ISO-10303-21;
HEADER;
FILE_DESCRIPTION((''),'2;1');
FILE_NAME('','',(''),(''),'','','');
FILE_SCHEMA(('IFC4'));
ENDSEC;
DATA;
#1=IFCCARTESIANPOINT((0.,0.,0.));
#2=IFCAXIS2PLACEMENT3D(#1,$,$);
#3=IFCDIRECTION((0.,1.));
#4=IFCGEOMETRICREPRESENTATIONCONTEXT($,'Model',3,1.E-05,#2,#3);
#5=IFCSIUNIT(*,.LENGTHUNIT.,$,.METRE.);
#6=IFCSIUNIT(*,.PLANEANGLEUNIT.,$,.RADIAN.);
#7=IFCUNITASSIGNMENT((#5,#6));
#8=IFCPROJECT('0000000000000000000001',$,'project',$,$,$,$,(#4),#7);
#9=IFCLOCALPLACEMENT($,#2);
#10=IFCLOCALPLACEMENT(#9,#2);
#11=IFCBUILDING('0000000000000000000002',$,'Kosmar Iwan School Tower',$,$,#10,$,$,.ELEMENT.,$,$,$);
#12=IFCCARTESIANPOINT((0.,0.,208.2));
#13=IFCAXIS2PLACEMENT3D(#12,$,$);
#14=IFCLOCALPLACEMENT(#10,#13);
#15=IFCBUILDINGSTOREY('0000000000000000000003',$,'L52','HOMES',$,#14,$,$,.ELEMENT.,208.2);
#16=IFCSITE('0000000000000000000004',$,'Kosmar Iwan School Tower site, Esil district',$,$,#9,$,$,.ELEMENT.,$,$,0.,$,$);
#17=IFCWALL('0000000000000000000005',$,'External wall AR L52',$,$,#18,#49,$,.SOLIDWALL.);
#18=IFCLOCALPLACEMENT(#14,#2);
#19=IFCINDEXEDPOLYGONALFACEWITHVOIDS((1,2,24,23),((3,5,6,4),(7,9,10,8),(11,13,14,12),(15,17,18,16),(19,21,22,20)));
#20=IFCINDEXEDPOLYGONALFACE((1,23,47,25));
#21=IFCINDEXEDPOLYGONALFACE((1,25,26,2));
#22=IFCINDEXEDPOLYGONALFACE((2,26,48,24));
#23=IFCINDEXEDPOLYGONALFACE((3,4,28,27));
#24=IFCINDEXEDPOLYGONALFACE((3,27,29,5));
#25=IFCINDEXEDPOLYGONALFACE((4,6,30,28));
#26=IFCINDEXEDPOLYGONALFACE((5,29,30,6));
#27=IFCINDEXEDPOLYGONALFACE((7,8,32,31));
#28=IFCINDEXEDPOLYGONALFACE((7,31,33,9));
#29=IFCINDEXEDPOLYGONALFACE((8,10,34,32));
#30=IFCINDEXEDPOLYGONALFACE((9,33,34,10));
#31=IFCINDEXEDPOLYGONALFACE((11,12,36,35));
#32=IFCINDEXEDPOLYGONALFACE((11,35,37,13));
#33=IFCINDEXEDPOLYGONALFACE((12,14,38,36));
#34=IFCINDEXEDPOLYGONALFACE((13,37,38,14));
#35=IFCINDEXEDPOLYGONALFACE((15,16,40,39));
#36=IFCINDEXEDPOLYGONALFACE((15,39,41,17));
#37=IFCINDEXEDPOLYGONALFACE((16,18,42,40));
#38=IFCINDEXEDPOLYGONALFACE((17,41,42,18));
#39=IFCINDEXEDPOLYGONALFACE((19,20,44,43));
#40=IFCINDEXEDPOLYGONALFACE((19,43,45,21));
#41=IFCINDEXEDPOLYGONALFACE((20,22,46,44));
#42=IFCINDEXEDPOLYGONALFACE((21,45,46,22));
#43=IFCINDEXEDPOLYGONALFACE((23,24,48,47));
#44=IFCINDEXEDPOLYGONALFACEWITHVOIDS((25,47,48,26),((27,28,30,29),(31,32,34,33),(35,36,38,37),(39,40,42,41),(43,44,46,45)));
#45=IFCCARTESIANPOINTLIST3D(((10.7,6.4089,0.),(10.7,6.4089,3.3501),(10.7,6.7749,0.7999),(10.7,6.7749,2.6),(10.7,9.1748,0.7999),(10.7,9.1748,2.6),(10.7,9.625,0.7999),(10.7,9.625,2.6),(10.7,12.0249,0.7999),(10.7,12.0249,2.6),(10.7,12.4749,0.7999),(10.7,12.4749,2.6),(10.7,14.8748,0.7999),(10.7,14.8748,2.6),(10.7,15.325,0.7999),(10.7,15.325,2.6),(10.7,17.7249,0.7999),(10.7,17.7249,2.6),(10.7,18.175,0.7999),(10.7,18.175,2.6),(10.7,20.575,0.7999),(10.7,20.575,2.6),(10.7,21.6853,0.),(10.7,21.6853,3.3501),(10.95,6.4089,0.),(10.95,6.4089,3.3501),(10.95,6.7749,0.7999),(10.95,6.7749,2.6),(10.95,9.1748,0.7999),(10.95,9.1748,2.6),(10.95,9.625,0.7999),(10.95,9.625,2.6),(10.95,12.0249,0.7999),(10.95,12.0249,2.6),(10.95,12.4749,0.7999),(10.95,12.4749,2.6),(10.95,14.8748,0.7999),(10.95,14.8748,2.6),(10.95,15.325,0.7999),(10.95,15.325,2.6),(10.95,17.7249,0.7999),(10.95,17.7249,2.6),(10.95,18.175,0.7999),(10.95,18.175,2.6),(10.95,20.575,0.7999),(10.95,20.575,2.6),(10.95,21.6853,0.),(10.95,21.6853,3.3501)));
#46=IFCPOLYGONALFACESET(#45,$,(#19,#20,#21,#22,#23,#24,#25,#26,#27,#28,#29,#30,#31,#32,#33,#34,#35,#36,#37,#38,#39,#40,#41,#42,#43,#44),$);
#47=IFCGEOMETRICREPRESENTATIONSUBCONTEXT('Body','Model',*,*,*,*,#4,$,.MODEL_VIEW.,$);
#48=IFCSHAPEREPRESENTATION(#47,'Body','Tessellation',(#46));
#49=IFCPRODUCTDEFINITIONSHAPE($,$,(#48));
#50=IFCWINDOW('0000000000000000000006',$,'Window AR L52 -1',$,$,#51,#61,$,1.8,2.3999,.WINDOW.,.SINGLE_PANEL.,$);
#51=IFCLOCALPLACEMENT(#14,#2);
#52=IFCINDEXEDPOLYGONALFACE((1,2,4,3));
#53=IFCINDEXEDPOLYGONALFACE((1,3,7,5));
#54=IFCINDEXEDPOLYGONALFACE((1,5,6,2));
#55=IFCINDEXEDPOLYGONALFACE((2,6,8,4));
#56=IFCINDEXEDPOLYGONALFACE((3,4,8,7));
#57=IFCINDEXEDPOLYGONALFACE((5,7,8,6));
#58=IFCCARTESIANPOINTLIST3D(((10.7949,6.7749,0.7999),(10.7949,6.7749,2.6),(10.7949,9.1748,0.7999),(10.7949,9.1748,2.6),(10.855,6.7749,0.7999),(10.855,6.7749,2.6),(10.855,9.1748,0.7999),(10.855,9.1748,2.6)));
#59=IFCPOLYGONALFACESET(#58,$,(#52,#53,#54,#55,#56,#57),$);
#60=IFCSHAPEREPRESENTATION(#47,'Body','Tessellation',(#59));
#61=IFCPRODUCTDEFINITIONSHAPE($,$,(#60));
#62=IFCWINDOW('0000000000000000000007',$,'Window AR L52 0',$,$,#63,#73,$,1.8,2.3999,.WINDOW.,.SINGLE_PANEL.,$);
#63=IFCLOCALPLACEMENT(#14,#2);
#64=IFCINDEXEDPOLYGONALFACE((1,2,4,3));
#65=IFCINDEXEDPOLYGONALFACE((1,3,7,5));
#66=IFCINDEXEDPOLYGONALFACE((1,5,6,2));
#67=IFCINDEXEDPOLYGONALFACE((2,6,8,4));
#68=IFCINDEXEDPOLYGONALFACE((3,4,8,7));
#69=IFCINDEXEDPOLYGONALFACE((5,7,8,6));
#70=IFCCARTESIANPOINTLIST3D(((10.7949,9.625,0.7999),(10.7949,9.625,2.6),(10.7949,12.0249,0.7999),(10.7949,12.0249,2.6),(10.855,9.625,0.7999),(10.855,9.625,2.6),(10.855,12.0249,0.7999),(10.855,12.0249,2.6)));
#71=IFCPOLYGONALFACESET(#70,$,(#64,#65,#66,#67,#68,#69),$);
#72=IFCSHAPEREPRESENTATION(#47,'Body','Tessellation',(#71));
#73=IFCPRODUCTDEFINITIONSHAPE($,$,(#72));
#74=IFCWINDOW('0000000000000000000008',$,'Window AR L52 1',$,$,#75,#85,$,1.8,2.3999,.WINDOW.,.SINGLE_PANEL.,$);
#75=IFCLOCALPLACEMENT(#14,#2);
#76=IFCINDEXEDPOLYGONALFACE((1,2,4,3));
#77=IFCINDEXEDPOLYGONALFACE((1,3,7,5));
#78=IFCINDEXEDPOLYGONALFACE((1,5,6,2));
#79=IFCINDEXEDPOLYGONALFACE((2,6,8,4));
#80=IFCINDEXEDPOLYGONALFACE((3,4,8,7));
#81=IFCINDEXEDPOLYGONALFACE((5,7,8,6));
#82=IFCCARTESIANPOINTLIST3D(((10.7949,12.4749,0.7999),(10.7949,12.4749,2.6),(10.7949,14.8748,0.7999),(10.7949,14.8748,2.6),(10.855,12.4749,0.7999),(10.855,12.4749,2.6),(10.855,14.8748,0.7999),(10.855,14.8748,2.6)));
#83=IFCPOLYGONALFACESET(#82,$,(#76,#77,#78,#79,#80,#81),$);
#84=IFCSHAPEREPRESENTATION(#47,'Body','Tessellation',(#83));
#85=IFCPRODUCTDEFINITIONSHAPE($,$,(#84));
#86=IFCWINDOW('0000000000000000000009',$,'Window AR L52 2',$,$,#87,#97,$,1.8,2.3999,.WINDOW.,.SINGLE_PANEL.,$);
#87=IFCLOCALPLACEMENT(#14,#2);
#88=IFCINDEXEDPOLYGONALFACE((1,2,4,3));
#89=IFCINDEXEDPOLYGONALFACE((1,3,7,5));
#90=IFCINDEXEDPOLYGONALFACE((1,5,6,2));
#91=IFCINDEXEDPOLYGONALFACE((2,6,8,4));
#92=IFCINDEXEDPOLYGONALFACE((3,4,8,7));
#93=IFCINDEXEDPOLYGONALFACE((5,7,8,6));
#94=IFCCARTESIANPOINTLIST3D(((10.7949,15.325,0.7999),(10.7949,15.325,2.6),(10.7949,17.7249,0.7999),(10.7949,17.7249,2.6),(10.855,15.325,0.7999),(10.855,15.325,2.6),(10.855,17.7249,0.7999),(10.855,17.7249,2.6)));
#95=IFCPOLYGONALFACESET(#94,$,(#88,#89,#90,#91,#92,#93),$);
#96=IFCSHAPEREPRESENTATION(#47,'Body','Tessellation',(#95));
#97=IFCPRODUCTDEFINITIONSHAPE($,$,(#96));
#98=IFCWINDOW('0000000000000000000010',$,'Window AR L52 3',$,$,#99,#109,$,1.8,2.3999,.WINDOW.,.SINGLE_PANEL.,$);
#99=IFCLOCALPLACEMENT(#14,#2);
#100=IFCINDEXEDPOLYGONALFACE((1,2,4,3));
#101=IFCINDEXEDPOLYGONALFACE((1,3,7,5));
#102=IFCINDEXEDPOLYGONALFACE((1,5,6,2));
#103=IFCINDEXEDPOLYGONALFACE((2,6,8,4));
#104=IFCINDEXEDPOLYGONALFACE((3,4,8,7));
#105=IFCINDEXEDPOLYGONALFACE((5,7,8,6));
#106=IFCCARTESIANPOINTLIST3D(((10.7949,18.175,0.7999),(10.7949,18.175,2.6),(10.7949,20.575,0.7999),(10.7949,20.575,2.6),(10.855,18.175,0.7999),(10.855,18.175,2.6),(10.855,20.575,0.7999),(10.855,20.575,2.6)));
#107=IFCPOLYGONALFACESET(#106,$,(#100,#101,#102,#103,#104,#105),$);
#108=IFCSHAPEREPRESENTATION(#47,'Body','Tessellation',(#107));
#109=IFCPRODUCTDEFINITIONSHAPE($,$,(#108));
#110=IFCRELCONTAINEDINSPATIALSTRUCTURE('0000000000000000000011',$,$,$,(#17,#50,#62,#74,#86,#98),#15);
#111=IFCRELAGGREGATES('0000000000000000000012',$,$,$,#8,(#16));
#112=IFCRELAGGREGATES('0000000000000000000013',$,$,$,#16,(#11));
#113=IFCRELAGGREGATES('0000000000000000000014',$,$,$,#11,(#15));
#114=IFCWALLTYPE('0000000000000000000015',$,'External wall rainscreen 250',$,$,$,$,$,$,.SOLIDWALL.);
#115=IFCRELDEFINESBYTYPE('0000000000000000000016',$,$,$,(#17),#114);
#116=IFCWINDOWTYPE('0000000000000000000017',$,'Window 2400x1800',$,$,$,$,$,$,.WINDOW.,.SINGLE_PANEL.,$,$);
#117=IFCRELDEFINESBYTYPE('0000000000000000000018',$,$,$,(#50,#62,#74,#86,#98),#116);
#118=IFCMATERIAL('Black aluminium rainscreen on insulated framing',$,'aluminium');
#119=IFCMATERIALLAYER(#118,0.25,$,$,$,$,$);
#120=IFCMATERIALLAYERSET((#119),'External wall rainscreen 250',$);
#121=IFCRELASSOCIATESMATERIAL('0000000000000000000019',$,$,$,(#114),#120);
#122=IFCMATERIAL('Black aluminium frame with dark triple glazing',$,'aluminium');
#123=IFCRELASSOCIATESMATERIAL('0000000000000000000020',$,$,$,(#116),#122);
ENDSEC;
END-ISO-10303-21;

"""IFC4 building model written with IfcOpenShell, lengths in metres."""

from ifc_helpers import new_model, si_unit, direction, frame, frame_2d, origin, place, context, subcontext, project, spatial, rectangle, extrude, material, layer, layer_set, type_object, element, fill, save


model = new_model("IFC4")

# Units and contexts
model_context = context("Model", 3, precision=1e-05, world=origin(), true_north=direction((0.0, 1.0)))
body_context = subcontext(model_context, "Body", "Model", "MODEL_VIEW")
ifc_project = project(units=[si_unit("LENGTHUNIT", "METRE"), si_unit("PLANEANGLEUNIT", "RADIAN")], contexts=[model_context])

# Site, building, storey
site_placement = place(None, origin())
site = spatial("IfcSite", under=ifc_project, at=site_placement, Name="Kosmar Iwan School Tower site, Esil district", CompositionType="ELEMENT", RefElevation=0.0)
building_placement = place(site_placement, origin())
building = spatial("IfcBuilding", under=site, at=building_placement, Name="Kosmar Iwan School Tower", CompositionType="ELEMENT")
storey_placement = place(building_placement, frame((0.0, 0.0, 208.2)))
storey = spatial("IfcBuildingStorey", under=building, at=storey_placement, Name="L52", Description="HOMES", CompositionType="ELEMENT", Elevation=208.2)

# Wall, openings, windows
ifc_material_1 = material(Name="Black aluminium rainscreen on insulated framing", Category="aluminium")
ifc_layer_1 = layer(ifc_material_1, 0.25)
ifc_layer_set_1 = layer_set([ifc_layer_1], Name="External wall rainscreen 250")
wall_type_1 = type_object("IfcWallType", Name="External wall rainscreen 250", PredefinedType="SOLIDWALL", material=ifc_layer_set_1)
ifc_material_2 = material(Name="Black aluminium frame with dark triple glazing", Category="aluminium")
window_type = type_object("IfcWindowType", Name="Window 2400x1800", PartitioningType="SINGLE_PANEL", PredefinedType="WINDOW", material=ifc_material_2)
wall_1_placement = place(storey_placement, frame((10.825, 6.4089, 0.0), z_axis=(0.0, 0.0, 1.0), x_axis=(0.0, 1.0, 0.0)))
wall_1 = element("IfcWall", 1, at=wall_1_placement, inside=storey, type_object=wall_type_1, Name="External wall AR L52", PredefinedType="SOLIDWALL", context=body_context, shape_type="SweptSolid", body=[
    extrude(rectangle(XDim=15.2764, YDim=0.25, at=frame_2d((7.6382, 0.0))), origin(), (0.0, 0.0, 1.0), 3.3501),
])
opening_1_placement = place(wall_1_placement, frame((0.366, 0.0, 0.8)))
opening_1 = element("IfcOpeningElement", 2, at=opening_1_placement, cuts=wall_1, PredefinedType="OPENING", context=body_context, shape_type="SweptSolid", body=[
    extrude(rectangle(XDim=2.3999, YDim=1.8, at=frame_2d((1.2, 0.8999))), frame((0.0, 0.137, 0.0), z_axis=(0.0, -1.0, 0.0), x_axis=(1.0, 0.0, 0.0)), (0.0, 0.0, 1.0), 0.2739),
])
opening_2_placement = place(wall_1_placement, frame((3.2161, 0.0, 0.8)))
opening_2 = element("IfcOpeningElement", 3, at=opening_2_placement, cuts=wall_1, PredefinedType="OPENING", context=body_context, shape_type="SweptSolid", body=[
    extrude(rectangle(XDim=2.3999, YDim=1.8, at=frame_2d((1.2, 0.8999))), frame((0.0, 0.137, 0.0), z_axis=(0.0, -1.0, 0.0), x_axis=(1.0, 0.0, 0.0)), (0.0, 0.0, 1.0), 0.2739),
])
opening_3_placement = place(wall_1_placement, frame((6.0659, 0.0, 0.8)))
opening_3 = element("IfcOpeningElement", 4, at=opening_3_placement, cuts=wall_1, PredefinedType="OPENING", context=body_context, shape_type="SweptSolid", body=[
    extrude(rectangle(XDim=2.3999, YDim=1.8, at=frame_2d((1.2, 0.8999))), frame((0.0, 0.137, 0.0), z_axis=(0.0, -1.0, 0.0), x_axis=(1.0, 0.0, 0.0)), (0.0, 0.0, 1.0), 0.2739),
])
opening_4_placement = place(wall_1_placement, frame((8.916, 0.0, 0.8)))
opening_4 = element("IfcOpeningElement", 5, at=opening_4_placement, cuts=wall_1, PredefinedType="OPENING", context=body_context, shape_type="SweptSolid", body=[
    extrude(rectangle(XDim=2.3999, YDim=1.8, at=frame_2d((1.2, 0.8999))), frame((0.0, 0.137, 0.0), z_axis=(0.0, -1.0, 0.0), x_axis=(1.0, 0.0, 0.0)), (0.0, 0.0, 1.0), 0.2739),
])
opening_5_placement = place(wall_1_placement, frame((11.7661, 0.0, 0.8)))
opening_5 = element("IfcOpeningElement", 6, at=opening_5_placement, cuts=wall_1, PredefinedType="OPENING", context=body_context, shape_type="SweptSolid", body=[
    extrude(rectangle(XDim=2.3999, YDim=1.8, at=frame_2d((1.2, 0.8999))), frame((0.0, 0.137, 0.0), z_axis=(0.0, -1.0, 0.0), x_axis=(1.0, 0.0, 0.0)), (0.0, 0.0, 1.0), 0.2739),
])
window_1_placement = place(opening_1_placement, origin())
window_1 = element("IfcWindow", 7, at=window_1_placement, inside=storey, type_object=window_type, Name="Window AR L52 -1", OverallHeight=1.8, OverallWidth=2.3999, PartitioningType="SINGLE_PANEL", PredefinedType="WINDOW", context=body_context, shape_type="SweptSolid", body=[
    extrude(rectangle(XDim=2.3999, YDim=1.8, at=frame_2d((1.2, 0.8999))), frame((0.0, 0.03, 0.0), z_axis=(0.0, -1.0, 0.0), x_axis=(1.0, 0.0, 0.0)), (0.0, 0.0, 1.0), 0.0601),
])
fill(opening_1, window_1)
window_2_placement = place(opening_2_placement, origin())
window_2 = element("IfcWindow", 8, at=window_2_placement, inside=storey, type_object=window_type, Name="Window AR L52 0", OverallHeight=1.8, OverallWidth=2.3999, PartitioningType="SINGLE_PANEL", PredefinedType="WINDOW", context=body_context, shape_type="SweptSolid", body=[
    extrude(rectangle(XDim=2.3999, YDim=1.8, at=frame_2d((1.2, 0.8999))), frame((0.0, 0.03, 0.0), z_axis=(0.0, -1.0, 0.0), x_axis=(1.0, 0.0, 0.0)), (0.0, 0.0, 1.0), 0.0601),
])
fill(opening_2, window_2)
window_3_placement = place(opening_3_placement, origin())
window_3 = element("IfcWindow", 9, at=window_3_placement, inside=storey, type_object=window_type, Name="Window AR L52 1", OverallHeight=1.8, OverallWidth=2.3999, PartitioningType="SINGLE_PANEL", PredefinedType="WINDOW", context=body_context, shape_type="SweptSolid", body=[
    extrude(rectangle(XDim=2.3999, YDim=1.8, at=frame_2d((1.2, 0.8999))), frame((0.0, 0.03, 0.0), z_axis=(0.0, -1.0, 0.0), x_axis=(1.0, 0.0, 0.0)), (0.0, 0.0, 1.0), 0.0601),
])
fill(opening_3, window_3)
window_4_placement = place(opening_4_placement, origin())
window_4 = element("IfcWindow", 10, at=window_4_placement, inside=storey, type_object=window_type, Name="Window AR L52 2", OverallHeight=1.8, OverallWidth=2.3999, PartitioningType="SINGLE_PANEL", PredefinedType="WINDOW", context=body_context, shape_type="SweptSolid", body=[
    extrude(rectangle(XDim=2.3999, YDim=1.8, at=frame_2d((1.2, 0.8999))), frame((0.0, 0.03, 0.0), z_axis=(0.0, -1.0, 0.0), x_axis=(1.0, 0.0, 0.0)), (0.0, 0.0, 1.0), 0.0601),
])
fill(opening_4, window_4)
window_5_placement = place(opening_5_placement, origin())
window_5 = element("IfcWindow", 11, at=window_5_placement, inside=storey, type_object=window_type, Name="Window AR L52 3", OverallHeight=1.8, OverallWidth=2.3999, PartitioningType="SINGLE_PANEL", PredefinedType="WINDOW", context=body_context, shape_type="SweptSolid", body=[
    extrude(rectangle(XDim=2.3999, YDim=1.8, at=frame_2d((1.2, 0.8999))), frame((0.0, 0.03, 0.0), z_axis=(0.0, -1.0, 0.0), x_axis=(1.0, 0.0, 0.0)), (0.0, 0.0, 1.0), 0.0601),
])
fill(opening_5, window_5)

save(model, "model.ifc")
